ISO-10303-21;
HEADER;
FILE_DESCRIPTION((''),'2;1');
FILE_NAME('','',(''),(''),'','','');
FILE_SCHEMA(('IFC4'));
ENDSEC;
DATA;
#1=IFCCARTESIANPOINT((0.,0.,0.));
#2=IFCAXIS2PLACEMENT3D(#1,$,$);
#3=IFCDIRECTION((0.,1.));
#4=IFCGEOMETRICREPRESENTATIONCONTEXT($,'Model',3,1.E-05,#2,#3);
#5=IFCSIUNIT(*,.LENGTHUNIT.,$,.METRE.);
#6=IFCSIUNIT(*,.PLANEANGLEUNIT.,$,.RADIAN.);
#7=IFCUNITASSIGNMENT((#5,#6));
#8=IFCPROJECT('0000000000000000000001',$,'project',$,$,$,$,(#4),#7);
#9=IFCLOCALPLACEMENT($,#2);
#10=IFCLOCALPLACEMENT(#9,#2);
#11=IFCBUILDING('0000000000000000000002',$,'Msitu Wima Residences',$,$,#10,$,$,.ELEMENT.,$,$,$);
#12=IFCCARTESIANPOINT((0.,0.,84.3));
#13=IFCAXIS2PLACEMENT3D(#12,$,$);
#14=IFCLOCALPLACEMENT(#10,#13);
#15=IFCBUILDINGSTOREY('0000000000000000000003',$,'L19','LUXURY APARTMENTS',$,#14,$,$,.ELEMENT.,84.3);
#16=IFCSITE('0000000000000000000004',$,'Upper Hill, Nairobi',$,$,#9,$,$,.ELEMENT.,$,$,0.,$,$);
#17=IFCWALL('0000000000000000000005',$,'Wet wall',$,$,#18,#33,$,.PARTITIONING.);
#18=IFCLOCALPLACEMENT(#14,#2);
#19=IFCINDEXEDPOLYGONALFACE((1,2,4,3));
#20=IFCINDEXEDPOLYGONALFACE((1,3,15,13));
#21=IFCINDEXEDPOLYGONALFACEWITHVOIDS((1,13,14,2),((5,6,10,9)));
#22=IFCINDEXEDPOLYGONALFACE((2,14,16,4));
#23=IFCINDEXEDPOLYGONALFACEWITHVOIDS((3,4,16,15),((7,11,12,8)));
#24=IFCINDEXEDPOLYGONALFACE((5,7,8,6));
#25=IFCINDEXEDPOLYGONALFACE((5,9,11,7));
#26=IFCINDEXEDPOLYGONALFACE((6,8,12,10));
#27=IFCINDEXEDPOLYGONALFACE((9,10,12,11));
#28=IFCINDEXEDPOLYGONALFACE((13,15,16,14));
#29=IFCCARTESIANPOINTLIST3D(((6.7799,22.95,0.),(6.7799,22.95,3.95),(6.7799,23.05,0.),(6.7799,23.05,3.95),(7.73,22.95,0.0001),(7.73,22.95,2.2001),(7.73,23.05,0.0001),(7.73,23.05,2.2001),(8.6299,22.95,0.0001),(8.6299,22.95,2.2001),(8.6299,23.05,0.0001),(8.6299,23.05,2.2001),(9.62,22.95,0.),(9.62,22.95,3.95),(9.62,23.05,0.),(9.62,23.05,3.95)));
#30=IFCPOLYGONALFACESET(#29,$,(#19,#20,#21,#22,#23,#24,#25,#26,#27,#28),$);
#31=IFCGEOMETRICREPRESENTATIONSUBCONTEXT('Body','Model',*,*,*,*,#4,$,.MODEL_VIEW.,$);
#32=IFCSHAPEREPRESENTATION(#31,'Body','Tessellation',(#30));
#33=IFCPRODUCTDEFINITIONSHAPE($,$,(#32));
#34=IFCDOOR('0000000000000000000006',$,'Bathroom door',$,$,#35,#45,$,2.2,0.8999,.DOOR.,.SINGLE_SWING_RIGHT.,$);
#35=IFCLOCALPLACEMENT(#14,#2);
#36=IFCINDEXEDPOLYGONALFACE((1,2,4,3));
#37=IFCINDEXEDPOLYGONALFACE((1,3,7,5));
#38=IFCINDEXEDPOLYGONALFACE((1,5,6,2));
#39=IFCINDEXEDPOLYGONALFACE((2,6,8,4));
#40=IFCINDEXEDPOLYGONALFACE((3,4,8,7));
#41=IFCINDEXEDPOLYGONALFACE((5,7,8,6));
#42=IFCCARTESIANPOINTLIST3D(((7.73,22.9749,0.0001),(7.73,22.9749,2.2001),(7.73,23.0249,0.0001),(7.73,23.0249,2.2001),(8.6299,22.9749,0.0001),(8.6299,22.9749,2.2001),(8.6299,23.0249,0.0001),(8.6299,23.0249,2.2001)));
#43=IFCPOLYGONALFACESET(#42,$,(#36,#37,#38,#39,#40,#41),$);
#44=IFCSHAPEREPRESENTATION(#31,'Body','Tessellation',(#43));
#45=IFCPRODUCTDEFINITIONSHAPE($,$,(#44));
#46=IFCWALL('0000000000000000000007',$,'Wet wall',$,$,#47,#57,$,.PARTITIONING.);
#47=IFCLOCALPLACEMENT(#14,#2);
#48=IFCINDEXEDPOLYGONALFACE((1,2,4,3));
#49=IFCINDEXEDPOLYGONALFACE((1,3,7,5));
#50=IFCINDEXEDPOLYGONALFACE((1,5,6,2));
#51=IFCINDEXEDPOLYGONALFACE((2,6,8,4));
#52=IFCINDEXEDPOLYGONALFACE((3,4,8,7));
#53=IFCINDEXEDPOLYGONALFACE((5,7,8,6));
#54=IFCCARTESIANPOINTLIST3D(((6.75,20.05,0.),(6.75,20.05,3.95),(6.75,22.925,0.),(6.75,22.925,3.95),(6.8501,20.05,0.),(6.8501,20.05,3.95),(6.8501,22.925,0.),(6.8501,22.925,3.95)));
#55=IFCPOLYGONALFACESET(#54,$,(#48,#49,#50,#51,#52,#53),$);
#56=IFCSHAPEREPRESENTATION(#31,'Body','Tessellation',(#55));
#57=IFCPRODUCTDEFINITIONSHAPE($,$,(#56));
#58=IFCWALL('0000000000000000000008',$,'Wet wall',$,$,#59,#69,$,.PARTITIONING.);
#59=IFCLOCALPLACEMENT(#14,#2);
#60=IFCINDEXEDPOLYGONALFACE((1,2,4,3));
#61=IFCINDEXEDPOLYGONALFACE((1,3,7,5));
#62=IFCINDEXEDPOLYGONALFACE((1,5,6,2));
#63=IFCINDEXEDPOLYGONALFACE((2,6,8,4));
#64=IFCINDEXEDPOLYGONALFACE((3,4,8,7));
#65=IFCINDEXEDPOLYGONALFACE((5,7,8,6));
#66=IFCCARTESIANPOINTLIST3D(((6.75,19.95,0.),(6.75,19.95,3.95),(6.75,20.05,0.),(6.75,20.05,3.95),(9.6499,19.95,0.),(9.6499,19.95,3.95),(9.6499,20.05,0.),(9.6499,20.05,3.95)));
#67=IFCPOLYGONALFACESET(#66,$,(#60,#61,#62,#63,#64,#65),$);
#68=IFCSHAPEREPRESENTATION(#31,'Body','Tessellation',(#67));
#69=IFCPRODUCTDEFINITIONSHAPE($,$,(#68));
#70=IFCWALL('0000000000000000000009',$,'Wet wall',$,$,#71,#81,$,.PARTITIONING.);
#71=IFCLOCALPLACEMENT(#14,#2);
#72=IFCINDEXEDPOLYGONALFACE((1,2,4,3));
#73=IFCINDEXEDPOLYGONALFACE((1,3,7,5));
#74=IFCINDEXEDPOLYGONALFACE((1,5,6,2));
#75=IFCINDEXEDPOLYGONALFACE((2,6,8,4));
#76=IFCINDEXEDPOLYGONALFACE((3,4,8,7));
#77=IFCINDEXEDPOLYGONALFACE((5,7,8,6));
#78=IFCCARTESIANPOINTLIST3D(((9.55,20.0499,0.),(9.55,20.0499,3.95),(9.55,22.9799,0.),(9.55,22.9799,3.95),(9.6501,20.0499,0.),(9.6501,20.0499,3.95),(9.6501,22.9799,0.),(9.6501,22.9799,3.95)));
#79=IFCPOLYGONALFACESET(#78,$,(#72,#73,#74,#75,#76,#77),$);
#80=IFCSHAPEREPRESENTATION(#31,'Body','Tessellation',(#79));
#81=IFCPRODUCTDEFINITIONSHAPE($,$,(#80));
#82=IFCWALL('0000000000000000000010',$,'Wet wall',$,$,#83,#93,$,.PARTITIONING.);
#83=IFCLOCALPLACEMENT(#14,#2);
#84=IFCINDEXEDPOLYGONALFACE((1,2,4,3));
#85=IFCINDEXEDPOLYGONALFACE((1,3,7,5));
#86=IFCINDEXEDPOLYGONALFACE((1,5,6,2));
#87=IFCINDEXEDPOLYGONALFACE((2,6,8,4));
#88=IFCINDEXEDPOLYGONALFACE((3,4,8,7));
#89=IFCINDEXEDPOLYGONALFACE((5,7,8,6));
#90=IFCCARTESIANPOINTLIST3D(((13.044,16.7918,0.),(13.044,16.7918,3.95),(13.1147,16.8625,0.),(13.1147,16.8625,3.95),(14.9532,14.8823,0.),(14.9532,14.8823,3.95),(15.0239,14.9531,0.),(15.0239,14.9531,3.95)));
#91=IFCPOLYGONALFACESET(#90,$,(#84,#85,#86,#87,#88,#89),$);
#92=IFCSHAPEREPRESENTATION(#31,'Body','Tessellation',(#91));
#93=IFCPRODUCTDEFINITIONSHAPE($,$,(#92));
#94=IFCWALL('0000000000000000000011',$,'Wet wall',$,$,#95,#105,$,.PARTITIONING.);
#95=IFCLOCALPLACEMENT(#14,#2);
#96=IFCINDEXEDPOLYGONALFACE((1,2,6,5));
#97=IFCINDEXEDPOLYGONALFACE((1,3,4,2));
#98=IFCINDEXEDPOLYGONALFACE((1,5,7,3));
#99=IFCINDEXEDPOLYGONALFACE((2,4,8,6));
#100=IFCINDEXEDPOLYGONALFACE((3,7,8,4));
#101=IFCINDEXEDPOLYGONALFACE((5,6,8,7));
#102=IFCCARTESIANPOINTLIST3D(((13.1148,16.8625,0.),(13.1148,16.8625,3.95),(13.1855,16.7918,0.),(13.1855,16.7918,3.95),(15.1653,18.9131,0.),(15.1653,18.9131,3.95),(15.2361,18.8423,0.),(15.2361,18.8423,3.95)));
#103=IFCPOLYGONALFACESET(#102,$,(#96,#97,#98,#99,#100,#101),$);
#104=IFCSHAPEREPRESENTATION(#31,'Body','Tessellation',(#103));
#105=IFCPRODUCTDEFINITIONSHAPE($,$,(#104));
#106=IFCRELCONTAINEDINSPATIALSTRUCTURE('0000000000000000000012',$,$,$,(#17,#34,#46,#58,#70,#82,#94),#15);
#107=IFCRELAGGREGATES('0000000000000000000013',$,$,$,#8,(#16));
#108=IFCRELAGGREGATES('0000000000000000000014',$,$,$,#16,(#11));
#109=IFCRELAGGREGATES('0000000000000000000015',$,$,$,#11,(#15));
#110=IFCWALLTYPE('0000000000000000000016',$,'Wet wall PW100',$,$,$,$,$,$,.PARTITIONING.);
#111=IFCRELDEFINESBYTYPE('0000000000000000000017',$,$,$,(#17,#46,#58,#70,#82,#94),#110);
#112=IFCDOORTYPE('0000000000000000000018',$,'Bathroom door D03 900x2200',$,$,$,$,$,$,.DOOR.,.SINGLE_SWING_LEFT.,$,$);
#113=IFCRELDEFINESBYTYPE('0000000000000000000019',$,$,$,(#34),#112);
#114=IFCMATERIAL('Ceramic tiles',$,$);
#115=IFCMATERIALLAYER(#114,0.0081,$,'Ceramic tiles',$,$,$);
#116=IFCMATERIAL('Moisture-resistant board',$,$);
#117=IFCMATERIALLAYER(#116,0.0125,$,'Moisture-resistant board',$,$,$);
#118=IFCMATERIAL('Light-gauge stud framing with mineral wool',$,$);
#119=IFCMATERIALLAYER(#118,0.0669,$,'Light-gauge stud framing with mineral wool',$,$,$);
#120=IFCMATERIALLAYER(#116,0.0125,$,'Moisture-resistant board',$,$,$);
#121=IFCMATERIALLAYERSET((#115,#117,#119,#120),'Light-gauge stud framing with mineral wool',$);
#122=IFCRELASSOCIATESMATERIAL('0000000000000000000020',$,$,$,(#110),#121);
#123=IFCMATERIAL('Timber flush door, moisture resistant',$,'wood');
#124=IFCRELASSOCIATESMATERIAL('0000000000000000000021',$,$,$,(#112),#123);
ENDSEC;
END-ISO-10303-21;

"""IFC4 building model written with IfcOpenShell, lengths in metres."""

from ifc_helpers import new_model, si_unit, direction, frame, frame_2d, origin, place, context, subcontext, project, spatial, rectangle, extrude, material, layer, layer_set, type_object, element, fill, save


model = new_model("IFC4")

# Units and contexts
model_context = context("Model", 3, precision=1e-05, world=origin(), true_north=direction((0.0, 1.0)))
body_context = subcontext(model_context, "Body", "Model", "MODEL_VIEW")
ifc_project = project(units=[si_unit("LENGTHUNIT", "METRE"), si_unit("PLANEANGLEUNIT", "RADIAN")], contexts=[model_context])

# Site, building, storey
site_placement = place(None, origin())
site = spatial("IfcSite", under=ifc_project, at=site_placement, Name="Upper Hill, Nairobi", CompositionType="ELEMENT", RefElevation=0.0)
building_placement = place(site_placement, origin())
building = spatial("IfcBuilding", under=site, at=building_placement, Name="Msitu Wima Residences", CompositionType="ELEMENT")
storey_placement = place(building_placement, frame((0.0, 0.0, 84.3)))
storey = spatial("IfcBuildingStorey", under=building, at=storey_placement, Name="L19", Description="LUXURY APARTMENTS", CompositionType="ELEMENT", Elevation=84.3)

# Wall, opening, door
ifc_material_1 = material(Name="Ceramic tiles")
ifc_layer_1 = layer(ifc_material_1, 0.0081, Name="Ceramic tiles")
ifc_material_2 = material(Name="Moisture-resistant board")
ifc_layer_2 = layer(ifc_material_2, 0.0125, Name="Moisture-resistant board")
ifc_material_3 = material(Name="Light-gauge stud framing with mineral wool")
ifc_layer_3 = layer(ifc_material_3, 0.0669, Name="Light-gauge stud framing with mineral wool")
ifc_layer_4 = layer(ifc_material_2, 0.0125, Name="Moisture-resistant board")
ifc_layer_set_1 = layer_set([ifc_layer_1, ifc_layer_2, ifc_layer_3, ifc_layer_4], Name="Light-gauge stud framing with mineral wool")
wall_type_1 = type_object("IfcWallType", Name="Wet wall PW100", PredefinedType="PARTITIONING", material=ifc_layer_set_1)
wall_1_placement = place(storey_placement, frame((6.78, 23.0, 0.0), z_axis=(0.0, 0.0, 1.0), x_axis=(1.0, 0.0, 0.0)))
wall_1 = element("IfcWall", 1, at=wall_1_placement, inside=storey, type_object=wall_type_1, Name="Wet wall", PredefinedType="PARTITIONING", context=body_context, shape_type="SweptSolid", body=[
    extrude(rectangle(XDim=2.8401, YDim=0.1001, at=frame_2d((1.4199, 0.0))), origin(), (0.0, 0.0, 1.0), 3.95),
])
opening_1_placement = place(wall_1_placement, frame((0.95, 0.0, 0.0)))
opening_1 = element("IfcOpeningElement", 2, at=opening_1_placement, cuts=wall_1, PredefinedType="OPENING", context=body_context, shape_type="SweptSolid", body=[
    extrude(rectangle(XDim=0.8999, YDim=2.2, at=frame_2d((0.45, 1.1001))), frame((0.0, 0.0601, 0.0), z_axis=(0.0, -1.0, 0.0), x_axis=(1.0, 0.0, 0.0)), (0.0, 0.0, 1.0), 0.1201),
])
ifc_material_4 = material(Name="Timber flush door, moisture resistant", Category="wood")
door_type_1 = type_object("IfcDoorType", Name="Bathroom door D03 900x2200", OperationType="SINGLE_SWING_LEFT", PredefinedType="DOOR", material=ifc_material_4)
door_1_placement = place(opening_1_placement, origin())
door_1 = element("IfcDoor", 3, at=door_1_placement, inside=storey, type_object=door_type_1, Name="Bathroom door", OperationType="SINGLE_SWING_RIGHT", OverallHeight=2.2, OverallWidth=0.8999, PredefinedType="DOOR", context=body_context, shape_type="SweptSolid", body=[
    extrude(rectangle(XDim=0.8999, YDim=2.2, at=frame_2d((0.45, 1.1001))), frame((0.0, 0.0249, 0.0), z_axis=(0.0, -1.0, 0.0), x_axis=(1.0, 0.0, 0.0)), (0.0, 0.0, 1.0), 0.05),
])
fill(opening_1, door_1)

# Walls
wall_2_placement = place(storey_placement, frame((6.8, 20.05, 0.0), z_axis=(0.0, 0.0, 1.0), x_axis=(0.0, 1.0, 0.0)))
element("IfcWall", 4, at=wall_2_placement, inside=storey, type_object=wall_type_1, Name="Wet wall", PredefinedType="PARTITIONING", context=body_context, shape_type="SweptSolid", body=[
    extrude(rectangle(XDim=2.875, YDim=0.1001, at=frame_2d((1.4375, 0.0))), origin(), (0.0, 0.0, 1.0), 3.95),
])
wall_3_placement = place(storey_placement, frame((6.75, 20.0, 0.0), z_axis=(0.0, 0.0, 1.0), x_axis=(1.0, 0.0, 0.0)))
element("IfcWall", 5, at=wall_3_placement, inside=storey, type_object=wall_type_1, Name="Wet wall", PredefinedType="PARTITIONING", context=body_context, shape_type="SweptSolid", body=[
    extrude(rectangle(XDim=2.8999, YDim=0.1001, at=frame_2d((1.45, 0.0))), origin(), (0.0, 0.0, 1.0), 3.95),
])
wall_4_placement = place(storey_placement, frame((9.6001, 20.05, 0.0), z_axis=(0.0, 0.0, 1.0), x_axis=(0.0, 1.0, 0.0)))
element("IfcWall", 6, at=wall_4_placement, inside=storey, type_object=wall_type_1, Name="Wet wall", PredefinedType="PARTITIONING", context=body_context, shape_type="SweptSolid", body=[
    extrude(rectangle(XDim=2.9299, YDim=0.1001, at=frame_2d((1.4648, 0.0))), origin(), (0.0, 0.0, 1.0), 3.95),
])
wall_5_placement = place(storey_placement, frame((13.0793, 16.8271, 0.0), z_axis=(0.0, 0.0, 1.0), x_axis=(0.707062, -0.707152, 0.0)))
element("IfcWall", 7, at=wall_5_placement, inside=storey, type_object=wall_type_1, Name="Wet wall", PredefinedType="PARTITIONING", context=body_context, shape_type="SweptSolid", body=[
    extrude(rectangle(XDim=2.7002, YDim=0.1001, at=frame_2d((1.3501, 0.0))), origin(), (0.0, 0.0, 1.0), 3.95),
])
wall_6_placement = place(storey_placement, frame((13.1501, 16.8271, 0.0), z_axis=(0.0, 0.0, 1.0), x_axis=(0.707107, 0.707107, 0.0)))
element("IfcWall", 8, at=wall_6_placement, inside=storey, type_object=wall_type_1, Name="Wet wall", PredefinedType="PARTITIONING", context=body_context, shape_type="SweptSolid", body=[
    extrude(rectangle(XDim=2.8999, YDim=0.1001, at=frame_2d((1.45, 0.0))), origin(), (0.0, 0.0, 1.0), 3.95),
])

save(model, "model.ifc")
